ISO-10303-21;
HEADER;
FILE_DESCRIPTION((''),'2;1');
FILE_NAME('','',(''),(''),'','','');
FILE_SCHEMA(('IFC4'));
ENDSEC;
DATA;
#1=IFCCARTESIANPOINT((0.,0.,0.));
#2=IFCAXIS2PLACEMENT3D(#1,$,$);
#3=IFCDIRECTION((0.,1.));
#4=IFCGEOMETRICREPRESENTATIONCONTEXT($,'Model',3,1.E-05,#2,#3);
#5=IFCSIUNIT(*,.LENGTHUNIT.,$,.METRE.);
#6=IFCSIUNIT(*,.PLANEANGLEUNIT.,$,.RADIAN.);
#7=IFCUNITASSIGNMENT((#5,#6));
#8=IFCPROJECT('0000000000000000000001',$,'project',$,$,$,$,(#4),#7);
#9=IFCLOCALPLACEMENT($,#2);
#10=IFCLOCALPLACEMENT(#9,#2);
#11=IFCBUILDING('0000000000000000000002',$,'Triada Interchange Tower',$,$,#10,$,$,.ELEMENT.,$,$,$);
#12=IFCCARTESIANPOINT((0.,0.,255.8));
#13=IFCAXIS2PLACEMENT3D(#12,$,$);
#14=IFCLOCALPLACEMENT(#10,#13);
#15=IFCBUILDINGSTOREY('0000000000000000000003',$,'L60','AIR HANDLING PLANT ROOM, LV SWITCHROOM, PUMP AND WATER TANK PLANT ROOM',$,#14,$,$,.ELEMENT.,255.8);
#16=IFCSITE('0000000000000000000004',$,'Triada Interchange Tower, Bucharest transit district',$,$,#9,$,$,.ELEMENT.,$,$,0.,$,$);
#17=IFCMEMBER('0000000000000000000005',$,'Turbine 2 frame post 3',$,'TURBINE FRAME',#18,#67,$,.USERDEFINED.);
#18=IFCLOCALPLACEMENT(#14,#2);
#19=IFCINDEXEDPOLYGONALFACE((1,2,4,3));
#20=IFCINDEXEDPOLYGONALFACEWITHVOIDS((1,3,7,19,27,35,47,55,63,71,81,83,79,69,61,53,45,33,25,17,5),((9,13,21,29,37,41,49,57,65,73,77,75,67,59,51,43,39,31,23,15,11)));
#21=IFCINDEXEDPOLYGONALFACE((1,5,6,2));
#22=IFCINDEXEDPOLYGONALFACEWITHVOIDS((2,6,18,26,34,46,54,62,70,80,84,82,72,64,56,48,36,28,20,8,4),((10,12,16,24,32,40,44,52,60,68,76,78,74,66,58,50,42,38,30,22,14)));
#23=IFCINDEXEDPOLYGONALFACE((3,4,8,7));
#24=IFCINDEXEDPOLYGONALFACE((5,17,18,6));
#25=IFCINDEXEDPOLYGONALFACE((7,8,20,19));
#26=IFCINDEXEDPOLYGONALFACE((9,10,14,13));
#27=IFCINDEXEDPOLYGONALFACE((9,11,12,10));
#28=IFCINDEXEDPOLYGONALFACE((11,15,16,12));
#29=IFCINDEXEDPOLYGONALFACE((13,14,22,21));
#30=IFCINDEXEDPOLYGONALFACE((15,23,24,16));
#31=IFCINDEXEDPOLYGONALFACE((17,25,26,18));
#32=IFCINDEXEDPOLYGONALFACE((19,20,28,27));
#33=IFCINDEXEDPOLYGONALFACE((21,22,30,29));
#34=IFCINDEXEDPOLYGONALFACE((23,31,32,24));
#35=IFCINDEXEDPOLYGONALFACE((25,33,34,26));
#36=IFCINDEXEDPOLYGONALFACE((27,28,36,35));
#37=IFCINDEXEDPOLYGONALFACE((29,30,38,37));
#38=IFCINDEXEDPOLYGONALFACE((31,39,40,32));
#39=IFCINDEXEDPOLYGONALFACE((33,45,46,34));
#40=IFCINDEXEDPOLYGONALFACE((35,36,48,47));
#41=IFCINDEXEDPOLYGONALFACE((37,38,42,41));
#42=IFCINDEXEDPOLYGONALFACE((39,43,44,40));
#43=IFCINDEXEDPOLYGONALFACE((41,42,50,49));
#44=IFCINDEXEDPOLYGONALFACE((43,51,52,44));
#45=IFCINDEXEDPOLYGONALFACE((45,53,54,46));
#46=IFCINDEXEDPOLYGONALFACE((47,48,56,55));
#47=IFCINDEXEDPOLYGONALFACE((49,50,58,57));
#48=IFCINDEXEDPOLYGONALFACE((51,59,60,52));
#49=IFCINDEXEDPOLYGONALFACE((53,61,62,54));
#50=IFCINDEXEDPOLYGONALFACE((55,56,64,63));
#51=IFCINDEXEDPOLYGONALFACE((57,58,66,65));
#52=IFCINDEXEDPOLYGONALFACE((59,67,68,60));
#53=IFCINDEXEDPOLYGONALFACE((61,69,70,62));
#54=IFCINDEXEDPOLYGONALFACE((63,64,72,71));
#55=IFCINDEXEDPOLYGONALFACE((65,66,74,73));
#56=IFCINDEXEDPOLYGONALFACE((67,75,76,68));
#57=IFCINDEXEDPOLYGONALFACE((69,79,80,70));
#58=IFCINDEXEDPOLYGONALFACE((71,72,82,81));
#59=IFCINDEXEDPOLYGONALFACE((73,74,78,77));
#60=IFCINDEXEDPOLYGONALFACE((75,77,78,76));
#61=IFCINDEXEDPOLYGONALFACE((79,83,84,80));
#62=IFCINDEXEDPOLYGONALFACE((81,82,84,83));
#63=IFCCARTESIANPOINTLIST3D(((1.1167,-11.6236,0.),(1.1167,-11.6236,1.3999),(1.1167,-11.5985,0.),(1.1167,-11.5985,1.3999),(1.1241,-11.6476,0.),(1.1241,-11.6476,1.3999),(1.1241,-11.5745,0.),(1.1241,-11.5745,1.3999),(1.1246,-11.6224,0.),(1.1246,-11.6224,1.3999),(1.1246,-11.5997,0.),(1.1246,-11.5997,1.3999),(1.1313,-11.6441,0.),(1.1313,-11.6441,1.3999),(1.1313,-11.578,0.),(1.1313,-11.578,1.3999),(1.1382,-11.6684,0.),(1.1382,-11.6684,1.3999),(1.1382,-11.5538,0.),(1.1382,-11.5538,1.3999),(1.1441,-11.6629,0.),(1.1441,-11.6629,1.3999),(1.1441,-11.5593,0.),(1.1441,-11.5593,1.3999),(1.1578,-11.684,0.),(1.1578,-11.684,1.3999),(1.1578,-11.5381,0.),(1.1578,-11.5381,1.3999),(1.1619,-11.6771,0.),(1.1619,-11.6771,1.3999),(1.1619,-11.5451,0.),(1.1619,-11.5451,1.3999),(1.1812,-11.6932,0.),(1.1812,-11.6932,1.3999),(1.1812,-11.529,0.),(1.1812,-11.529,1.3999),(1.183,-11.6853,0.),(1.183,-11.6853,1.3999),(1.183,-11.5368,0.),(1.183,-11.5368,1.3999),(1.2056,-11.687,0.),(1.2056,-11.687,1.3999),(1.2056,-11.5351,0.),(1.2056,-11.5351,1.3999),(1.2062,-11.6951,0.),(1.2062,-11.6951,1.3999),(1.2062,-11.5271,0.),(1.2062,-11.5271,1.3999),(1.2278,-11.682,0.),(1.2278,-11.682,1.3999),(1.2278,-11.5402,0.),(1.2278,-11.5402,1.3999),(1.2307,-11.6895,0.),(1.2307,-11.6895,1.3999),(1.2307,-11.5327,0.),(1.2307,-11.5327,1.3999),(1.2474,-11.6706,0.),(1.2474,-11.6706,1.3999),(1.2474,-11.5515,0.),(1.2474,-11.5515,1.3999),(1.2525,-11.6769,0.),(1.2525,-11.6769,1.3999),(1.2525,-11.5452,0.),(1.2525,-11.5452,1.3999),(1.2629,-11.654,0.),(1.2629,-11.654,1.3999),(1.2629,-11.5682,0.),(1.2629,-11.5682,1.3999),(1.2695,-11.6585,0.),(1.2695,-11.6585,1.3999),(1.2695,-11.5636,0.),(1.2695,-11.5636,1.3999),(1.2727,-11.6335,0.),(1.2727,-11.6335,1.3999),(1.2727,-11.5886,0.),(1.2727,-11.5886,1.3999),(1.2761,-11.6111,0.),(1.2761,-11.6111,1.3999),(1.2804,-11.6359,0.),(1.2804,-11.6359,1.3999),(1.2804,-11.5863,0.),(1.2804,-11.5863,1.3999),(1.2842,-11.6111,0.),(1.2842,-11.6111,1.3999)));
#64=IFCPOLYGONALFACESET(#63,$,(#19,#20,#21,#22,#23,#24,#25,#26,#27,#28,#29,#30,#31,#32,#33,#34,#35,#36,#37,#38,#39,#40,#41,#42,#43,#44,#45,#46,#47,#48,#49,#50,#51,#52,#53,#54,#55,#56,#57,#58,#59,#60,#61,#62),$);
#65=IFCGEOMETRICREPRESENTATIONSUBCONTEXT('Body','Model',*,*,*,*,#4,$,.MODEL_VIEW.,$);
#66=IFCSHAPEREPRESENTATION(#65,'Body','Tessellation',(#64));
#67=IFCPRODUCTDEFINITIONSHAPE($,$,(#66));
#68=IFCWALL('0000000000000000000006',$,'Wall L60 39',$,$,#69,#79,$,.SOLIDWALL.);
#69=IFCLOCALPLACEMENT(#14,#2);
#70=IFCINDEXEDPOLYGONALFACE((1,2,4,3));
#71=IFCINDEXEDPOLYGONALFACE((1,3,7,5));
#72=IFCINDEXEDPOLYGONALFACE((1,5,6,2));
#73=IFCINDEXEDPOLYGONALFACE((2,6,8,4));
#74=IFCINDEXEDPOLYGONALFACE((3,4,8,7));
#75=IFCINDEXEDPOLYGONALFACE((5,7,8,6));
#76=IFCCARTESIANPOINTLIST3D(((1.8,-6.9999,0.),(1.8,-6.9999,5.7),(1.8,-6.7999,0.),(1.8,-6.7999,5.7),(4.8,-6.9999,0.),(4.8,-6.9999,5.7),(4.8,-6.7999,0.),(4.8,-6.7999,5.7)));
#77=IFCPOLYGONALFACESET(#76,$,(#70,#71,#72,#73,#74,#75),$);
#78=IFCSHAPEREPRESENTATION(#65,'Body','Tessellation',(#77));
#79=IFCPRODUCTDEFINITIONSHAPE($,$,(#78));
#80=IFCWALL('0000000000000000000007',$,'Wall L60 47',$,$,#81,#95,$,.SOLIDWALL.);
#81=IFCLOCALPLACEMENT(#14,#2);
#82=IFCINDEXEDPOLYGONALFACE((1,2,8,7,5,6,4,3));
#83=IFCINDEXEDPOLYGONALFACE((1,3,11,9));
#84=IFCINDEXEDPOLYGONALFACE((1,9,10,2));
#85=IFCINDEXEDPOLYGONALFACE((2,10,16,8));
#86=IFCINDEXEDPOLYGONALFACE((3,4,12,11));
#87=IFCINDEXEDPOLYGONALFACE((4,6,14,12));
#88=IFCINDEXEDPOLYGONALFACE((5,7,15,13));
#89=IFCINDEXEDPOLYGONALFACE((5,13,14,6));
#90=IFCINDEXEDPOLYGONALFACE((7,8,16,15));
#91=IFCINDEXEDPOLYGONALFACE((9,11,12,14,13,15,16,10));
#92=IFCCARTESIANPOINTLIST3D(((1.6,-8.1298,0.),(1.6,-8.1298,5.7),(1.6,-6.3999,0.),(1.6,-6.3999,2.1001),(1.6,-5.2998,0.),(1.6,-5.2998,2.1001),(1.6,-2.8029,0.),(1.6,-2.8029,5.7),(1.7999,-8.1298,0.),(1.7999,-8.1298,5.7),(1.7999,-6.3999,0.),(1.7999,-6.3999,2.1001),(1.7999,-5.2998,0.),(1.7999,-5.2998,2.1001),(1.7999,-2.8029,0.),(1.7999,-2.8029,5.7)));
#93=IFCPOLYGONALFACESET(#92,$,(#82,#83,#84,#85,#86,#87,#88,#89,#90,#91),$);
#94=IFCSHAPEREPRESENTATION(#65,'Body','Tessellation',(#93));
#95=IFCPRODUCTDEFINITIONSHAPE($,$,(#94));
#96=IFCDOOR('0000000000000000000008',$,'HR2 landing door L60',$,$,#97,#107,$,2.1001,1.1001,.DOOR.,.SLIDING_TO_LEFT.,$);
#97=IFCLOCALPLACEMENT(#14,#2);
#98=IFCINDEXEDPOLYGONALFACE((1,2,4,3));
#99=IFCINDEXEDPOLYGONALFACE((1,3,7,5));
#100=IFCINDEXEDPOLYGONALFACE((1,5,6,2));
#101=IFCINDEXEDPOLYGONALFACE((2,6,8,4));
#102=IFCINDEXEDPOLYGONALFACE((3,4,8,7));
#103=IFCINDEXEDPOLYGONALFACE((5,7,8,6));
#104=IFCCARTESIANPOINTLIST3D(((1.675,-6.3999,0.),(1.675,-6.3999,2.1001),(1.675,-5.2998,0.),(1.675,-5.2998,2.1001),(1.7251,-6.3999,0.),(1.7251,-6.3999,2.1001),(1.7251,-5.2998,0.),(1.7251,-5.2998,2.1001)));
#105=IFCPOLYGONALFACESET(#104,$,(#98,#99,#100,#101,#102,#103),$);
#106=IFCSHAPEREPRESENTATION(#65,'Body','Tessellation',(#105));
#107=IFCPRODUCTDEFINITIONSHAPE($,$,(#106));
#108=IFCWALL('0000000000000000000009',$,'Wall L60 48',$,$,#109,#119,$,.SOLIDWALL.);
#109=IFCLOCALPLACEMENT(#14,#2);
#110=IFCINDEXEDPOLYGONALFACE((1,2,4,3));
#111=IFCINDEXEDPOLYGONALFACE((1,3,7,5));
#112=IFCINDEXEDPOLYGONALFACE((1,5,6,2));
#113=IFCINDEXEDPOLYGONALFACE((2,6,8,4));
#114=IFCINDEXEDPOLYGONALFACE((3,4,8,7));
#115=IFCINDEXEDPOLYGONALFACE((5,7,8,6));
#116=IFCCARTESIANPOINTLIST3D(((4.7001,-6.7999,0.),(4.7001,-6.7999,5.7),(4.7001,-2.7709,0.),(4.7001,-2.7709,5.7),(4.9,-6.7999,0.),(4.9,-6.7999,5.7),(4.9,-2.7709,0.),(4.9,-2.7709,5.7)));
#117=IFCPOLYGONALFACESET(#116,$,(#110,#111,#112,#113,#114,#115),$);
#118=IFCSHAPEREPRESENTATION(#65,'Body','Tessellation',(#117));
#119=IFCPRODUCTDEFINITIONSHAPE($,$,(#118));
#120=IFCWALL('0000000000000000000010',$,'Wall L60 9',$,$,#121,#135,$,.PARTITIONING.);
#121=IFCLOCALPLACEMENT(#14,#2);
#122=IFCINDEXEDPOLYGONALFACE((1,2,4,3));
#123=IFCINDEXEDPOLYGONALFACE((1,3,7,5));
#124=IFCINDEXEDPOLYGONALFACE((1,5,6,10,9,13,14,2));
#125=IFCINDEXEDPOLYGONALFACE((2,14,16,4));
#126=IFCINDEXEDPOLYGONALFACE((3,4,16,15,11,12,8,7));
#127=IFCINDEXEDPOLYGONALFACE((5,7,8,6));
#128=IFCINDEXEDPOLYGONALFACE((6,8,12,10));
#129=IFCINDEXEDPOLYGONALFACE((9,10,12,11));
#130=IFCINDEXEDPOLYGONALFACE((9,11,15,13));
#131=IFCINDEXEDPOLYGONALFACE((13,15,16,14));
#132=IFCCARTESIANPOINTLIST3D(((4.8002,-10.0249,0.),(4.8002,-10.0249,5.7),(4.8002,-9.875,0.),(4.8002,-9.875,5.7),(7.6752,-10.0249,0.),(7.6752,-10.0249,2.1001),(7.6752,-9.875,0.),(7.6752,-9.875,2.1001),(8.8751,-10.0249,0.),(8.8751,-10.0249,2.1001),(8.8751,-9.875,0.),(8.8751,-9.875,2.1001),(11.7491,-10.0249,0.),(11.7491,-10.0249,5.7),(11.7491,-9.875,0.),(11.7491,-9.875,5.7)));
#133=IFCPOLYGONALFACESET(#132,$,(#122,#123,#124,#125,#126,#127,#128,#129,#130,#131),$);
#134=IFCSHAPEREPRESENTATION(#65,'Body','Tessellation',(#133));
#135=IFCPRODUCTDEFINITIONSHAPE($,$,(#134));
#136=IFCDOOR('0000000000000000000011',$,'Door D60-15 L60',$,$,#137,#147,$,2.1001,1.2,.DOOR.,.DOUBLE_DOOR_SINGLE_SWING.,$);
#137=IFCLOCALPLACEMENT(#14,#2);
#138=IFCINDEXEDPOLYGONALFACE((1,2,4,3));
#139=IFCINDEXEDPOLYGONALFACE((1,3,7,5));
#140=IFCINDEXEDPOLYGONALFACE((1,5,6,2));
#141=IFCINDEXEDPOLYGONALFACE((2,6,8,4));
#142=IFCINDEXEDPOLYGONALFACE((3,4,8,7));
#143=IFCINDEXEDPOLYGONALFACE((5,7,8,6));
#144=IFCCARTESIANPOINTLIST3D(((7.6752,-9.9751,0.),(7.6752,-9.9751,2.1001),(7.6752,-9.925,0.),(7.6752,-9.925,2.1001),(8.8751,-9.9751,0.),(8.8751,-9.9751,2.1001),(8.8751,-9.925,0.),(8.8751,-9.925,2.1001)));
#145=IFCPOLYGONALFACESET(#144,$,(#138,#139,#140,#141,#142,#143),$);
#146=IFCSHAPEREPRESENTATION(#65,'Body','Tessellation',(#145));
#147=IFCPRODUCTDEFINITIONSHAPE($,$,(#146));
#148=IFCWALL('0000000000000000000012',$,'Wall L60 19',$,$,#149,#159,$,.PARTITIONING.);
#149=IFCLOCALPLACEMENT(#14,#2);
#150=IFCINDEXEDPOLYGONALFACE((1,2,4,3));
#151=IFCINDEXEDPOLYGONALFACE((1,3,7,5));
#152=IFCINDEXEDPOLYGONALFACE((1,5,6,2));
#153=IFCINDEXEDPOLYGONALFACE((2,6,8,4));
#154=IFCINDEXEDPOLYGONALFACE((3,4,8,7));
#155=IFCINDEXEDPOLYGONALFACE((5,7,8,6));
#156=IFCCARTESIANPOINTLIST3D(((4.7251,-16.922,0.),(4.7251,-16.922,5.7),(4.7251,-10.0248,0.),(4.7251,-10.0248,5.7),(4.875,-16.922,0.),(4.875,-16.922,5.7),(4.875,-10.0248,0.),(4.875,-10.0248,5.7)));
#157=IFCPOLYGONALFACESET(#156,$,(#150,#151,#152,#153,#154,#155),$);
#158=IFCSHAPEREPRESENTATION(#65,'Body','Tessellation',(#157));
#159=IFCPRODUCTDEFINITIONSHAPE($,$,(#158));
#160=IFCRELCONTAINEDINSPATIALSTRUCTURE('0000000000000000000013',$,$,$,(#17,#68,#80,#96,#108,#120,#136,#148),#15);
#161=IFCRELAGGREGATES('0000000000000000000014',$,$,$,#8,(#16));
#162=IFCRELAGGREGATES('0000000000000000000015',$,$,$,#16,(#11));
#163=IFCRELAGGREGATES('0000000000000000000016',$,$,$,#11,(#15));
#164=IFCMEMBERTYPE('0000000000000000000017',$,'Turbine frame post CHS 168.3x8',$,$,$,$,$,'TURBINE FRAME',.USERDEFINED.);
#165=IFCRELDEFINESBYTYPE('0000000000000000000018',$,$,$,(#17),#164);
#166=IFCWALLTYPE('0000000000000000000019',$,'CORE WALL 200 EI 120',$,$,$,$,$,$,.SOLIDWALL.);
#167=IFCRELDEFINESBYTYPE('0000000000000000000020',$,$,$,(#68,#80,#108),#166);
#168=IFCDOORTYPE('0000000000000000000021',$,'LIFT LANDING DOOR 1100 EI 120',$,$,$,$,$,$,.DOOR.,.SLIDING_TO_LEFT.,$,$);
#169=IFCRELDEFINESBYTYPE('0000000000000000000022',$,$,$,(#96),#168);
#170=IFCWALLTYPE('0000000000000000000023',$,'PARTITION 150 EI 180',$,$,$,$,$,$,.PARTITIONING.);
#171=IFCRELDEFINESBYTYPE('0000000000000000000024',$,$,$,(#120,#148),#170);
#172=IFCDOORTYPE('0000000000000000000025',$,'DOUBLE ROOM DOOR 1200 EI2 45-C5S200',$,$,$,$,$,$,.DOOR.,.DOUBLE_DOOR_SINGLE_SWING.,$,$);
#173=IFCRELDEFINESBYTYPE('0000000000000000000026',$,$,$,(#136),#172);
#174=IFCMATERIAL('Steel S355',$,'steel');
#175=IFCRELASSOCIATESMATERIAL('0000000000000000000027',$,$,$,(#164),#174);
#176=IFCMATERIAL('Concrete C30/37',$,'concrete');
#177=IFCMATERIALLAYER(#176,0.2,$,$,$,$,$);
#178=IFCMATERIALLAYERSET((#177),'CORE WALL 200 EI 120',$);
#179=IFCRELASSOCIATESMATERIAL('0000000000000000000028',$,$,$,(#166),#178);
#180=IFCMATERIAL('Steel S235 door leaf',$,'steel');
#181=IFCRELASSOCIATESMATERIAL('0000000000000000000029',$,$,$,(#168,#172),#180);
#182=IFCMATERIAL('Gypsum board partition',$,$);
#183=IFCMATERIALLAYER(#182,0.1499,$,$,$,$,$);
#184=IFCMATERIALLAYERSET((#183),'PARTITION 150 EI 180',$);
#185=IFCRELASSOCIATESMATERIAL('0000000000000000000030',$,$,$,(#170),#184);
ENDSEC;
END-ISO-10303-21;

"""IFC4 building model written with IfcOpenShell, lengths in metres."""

from ifc_helpers import new_model, si_unit, direction, frame, frame_2d, origin, origin_2d, place, context, subcontext, project, spatial, rectangle, hollow_circle, extrude, material, layer, layer_set, material_profile, profile_set, type_object, element, fill, save


model = new_model("IFC4")

# Units and contexts
model_context = context("Model", 3, precision=1e-05, world=origin(), true_north=direction((0.0, 1.0)))
body_context = subcontext(model_context, "Body", "Model", "MODEL_VIEW")
ifc_project = project(units=[si_unit("LENGTHUNIT", "METRE"), si_unit("PLANEANGLEUNIT", "RADIAN")], contexts=[model_context])

# Site, building, storey
site_placement = place(None, origin())
site = spatial("IfcSite", under=ifc_project, at=site_placement, Name="Triada Interchange Tower, Bucharest transit district", CompositionType="ELEMENT", RefElevation=0.0)
building_placement = place(site_placement, origin())
building = spatial("IfcBuilding", under=site, at=building_placement, Name="Triada Interchange Tower", CompositionType="ELEMENT")
storey_placement = place(building_placement, frame((0.0, 0.0, 255.8)))
storey = spatial("IfcBuildingStorey", under=building, at=storey_placement, Name="L60", Description="AIR HANDLING PLANT ROOM, LV SWITCHROOM, PUMP AND WATER TANK PLANT ROOM", CompositionType="ELEMENT", Elevation=255.8)

# Member
ifc_material_1 = material(Name="Steel S355", Category="steel")
ifc_material_profile_1 = material_profile(ifc_material_1, hollow_circle(Radius=0.0842, WallThickness=0.0081, at=origin_2d()), Name="CHS 168.3x8")
ifc_profile_set_1 = profile_set([ifc_material_profile_1], Name="Steel S355")
member_type_1 = type_object("IfcMemberType", Name="Turbine frame post CHS 168.3x8", ElementType="TURBINE FRAME", PredefinedType="USERDEFINED", material=ifc_profile_set_1)
for number, where, z_axis, x_axis, name in (
    (1, (1.2, -11.6111, 0.0), (0.0, 0.0, 1.0), (1.0, 0.0, 0.0), "Turbine 2 frame post 3"),
):
    element("IfcMember", number, at=place(storey_placement, frame(where, z_axis=z_axis, x_axis=x_axis)), inside=storey, type_object=member_type_1, Name=name, ObjectType="TURBINE FRAME", PredefinedType="USERDEFINED", context=body_context, shape_type="SweptSolid", body=[
        extrude(hollow_circle(Radius=0.0842, WallThickness=0.0081, at=origin_2d()), origin(), (0.0, 0.0, 1.0), 1.3999),
    ])

# Wall
ifc_material_2 = material(Name="Concrete C30/37", Category="concrete")
ifc_layer_1 = layer(ifc_material_2, 0.2)
ifc_layer_set_1 = layer_set([ifc_layer_1], Name="CORE WALL 200 EI 120")
wall_type_1 = type_object("IfcWallType", Name="CORE WALL 200 EI 120", PredefinedType="SOLIDWALL", material=ifc_layer_set_1)
wall_1_placement = place(storey_placement, frame((1.8, -6.8999, 0.0), z_axis=(0.0, 0.0, 1.0), x_axis=(1.0, 0.0, 0.0)))
element("IfcWall", 2, at=wall_1_placement, inside=storey, type_object=wall_type_1, Name="Wall L60 39", PredefinedType="SOLIDWALL", context=body_context, shape_type="SweptSolid", body=[
    extrude(rectangle(XDim=3.0, YDim=0.2, at=frame_2d((1.5, 0.0))), origin(), (0.0, 0.0, 1.0), 5.7),
])

# Wall, opening, door
wall_2_placement = place(storey_placement, frame((1.7, -8.1299, 0.0), z_axis=(0.0, 0.0, 1.0), x_axis=(0.0, 1.0, 0.0)))
wall_2 = element("IfcWall", 3, at=wall_2_placement, inside=storey, type_object=wall_type_1, Name="Wall L60 47", PredefinedType="SOLIDWALL", context=body_context, shape_type="SweptSolid", body=[
    extrude(rectangle(XDim=5.3269, YDim=0.2, at=frame_2d((2.6636, 0.0))), origin(), (0.0, 0.0, 1.0), 5.7),
])
opening_1_placement = place(wall_2_placement, frame((1.73, 0.0, 0.0)))
opening_1 = element("IfcOpeningElement", 4, at=opening_1_placement, cuts=wall_2, PredefinedType="OPENING", context=body_context, shape_type="SweptSolid", body=[
    extrude(rectangle(XDim=1.1001, YDim=2.1001, at=frame_2d((0.55, 1.05))), frame((0.0, 0.1099, 0.0), z_axis=(0.0, -1.0, 0.0), x_axis=(1.0, 0.0, 0.0)), (0.0, 0.0, 1.0), 0.22),
])
ifc_material_3 = material(Name="Steel S235 door leaf", Category="steel")
door_type_1 = type_object("IfcDoorType", Name="LIFT LANDING DOOR 1100 EI 120", OperationType="SLIDING_TO_LEFT", PredefinedType="DOOR", material=ifc_material_3)
door_1_placement = place(opening_1_placement, origin())
door_1 = element("IfcDoor", 5, at=door_1_placement, inside=storey, type_object=door_type_1, Name="HR2 landing door L60", OperationType="SLIDING_TO_LEFT", OverallHeight=2.1001, OverallWidth=1.1001, PredefinedType="DOOR", context=body_context, shape_type="SweptSolid", body=[
    extrude(rectangle(XDim=1.1001, YDim=2.1001, at=frame_2d((0.55, 1.05))), frame((0.0, 0.0249, 0.0), z_axis=(0.0, -1.0, 0.0), x_axis=(1.0, 0.0, 0.0)), (0.0, 0.0, 1.0), 0.05),
])
fill(opening_1, door_1)

# Wall
wall_3_placement = place(storey_placement, frame((4.8, -6.8, 0.0), z_axis=(0.0, 0.0, 1.0), x_axis=(0.0, 1.0, 0.0)))
element("IfcWall", 6, at=wall_3_placement, inside=storey, type_object=wall_type_1, Name="Wall L60 48", PredefinedType="SOLIDWALL", context=body_context, shape_type="SweptSolid", body=[
    extrude(rectangle(XDim=4.0291, YDim=0.2, at=frame_2d((2.0146, 0.0))), origin(), (0.0, 0.0, 1.0), 5.7),
])

# Wall, opening, door
ifc_material_4 = material(Name="Gypsum board partition")
ifc_layer_2 = layer(ifc_material_4, 0.1499)
ifc_layer_set_2 = layer_set([ifc_layer_2], Name="PARTITION 150 EI 180")
wall_type_2 = type_object("IfcWallType", Name="PARTITION 150 EI 180", PredefinedType="PARTITIONING", material=ifc_layer_set_2)
wall_4_placement = place(storey_placement, frame((4.8, -9.95, 0.0), z_axis=(0.0, 0.0, 1.0), x_axis=(1.0, 0.0, 0.0)))
wall_4 = element("IfcWall", 7, at=wall_4_placement, inside=storey, type_object=wall_type_2, Name="Wall L60 9", PredefinedType="PARTITIONING", context=body_context, shape_type="SweptSolid", body=[
    extrude(rectangle(XDim=6.949, YDim=0.1499, at=frame_2d((3.4746, 0.0))), origin(), (0.0, 0.0, 1.0), 5.7),
])
opening_2_placement = place(wall_4_placement, frame((2.875, 0.0, 0.0)))
opening_2 = element("IfcOpeningElement", 8, at=opening_2_placement, cuts=wall_4, PredefinedType="OPENING", context=body_context, shape_type="SweptSolid", body=[
    extrude(rectangle(XDim=1.2, YDim=2.1001, at=frame_2d((0.6001, 1.05))), frame((0.0, 0.085, 0.0), z_axis=(0.0, -1.0, 0.0), x_axis=(1.0, 0.0, 0.0)), (0.0, 0.0, 1.0), 0.1699),
])
door_type_2 = type_object("IfcDoorType", Name="DOUBLE ROOM DOOR 1200 EI2 45-C5S200", OperationType="DOUBLE_DOOR_SINGLE_SWING", PredefinedType="DOOR", material=ifc_material_3)
door_2_placement = place(opening_2_placement, origin())
door_2 = element("IfcDoor", 9, at=door_2_placement, inside=storey, type_object=door_type_2, Name="Door D60-15 L60", OperationType="DOUBLE_DOOR_SINGLE_SWING", OverallHeight=2.1001, OverallWidth=1.2, PredefinedType="DOOR", context=body_context, shape_type="SweptSolid", body=[
    extrude(rectangle(XDim=1.2, YDim=2.1001, at=frame_2d((0.6001, 1.05))), frame((0.0, 0.0249, 0.0), z_axis=(0.0, -1.0, 0.0), x_axis=(1.0, 0.0, 0.0)), (0.0, 0.0, 1.0), 0.05),
])
fill(opening_2, door_2)

# Wall
wall_5_placement = place(storey_placement, frame((4.8, -16.9221, 0.0), z_axis=(0.0, 0.0, 1.0), x_axis=(0.0, 1.0, 0.0)))
element("IfcWall", 10, at=wall_5_placement, inside=storey, type_object=wall_type_2, Name="Wall L60 19", PredefinedType="PARTITIONING", context=body_context, shape_type="SweptSolid", body=[
    extrude(rectangle(XDim=6.8972, YDim=0.1499, at=frame_2d((3.4487, 0.0))), origin(), (0.0, 0.0, 1.0), 5.7),
])

save(model, "model.ifc")
